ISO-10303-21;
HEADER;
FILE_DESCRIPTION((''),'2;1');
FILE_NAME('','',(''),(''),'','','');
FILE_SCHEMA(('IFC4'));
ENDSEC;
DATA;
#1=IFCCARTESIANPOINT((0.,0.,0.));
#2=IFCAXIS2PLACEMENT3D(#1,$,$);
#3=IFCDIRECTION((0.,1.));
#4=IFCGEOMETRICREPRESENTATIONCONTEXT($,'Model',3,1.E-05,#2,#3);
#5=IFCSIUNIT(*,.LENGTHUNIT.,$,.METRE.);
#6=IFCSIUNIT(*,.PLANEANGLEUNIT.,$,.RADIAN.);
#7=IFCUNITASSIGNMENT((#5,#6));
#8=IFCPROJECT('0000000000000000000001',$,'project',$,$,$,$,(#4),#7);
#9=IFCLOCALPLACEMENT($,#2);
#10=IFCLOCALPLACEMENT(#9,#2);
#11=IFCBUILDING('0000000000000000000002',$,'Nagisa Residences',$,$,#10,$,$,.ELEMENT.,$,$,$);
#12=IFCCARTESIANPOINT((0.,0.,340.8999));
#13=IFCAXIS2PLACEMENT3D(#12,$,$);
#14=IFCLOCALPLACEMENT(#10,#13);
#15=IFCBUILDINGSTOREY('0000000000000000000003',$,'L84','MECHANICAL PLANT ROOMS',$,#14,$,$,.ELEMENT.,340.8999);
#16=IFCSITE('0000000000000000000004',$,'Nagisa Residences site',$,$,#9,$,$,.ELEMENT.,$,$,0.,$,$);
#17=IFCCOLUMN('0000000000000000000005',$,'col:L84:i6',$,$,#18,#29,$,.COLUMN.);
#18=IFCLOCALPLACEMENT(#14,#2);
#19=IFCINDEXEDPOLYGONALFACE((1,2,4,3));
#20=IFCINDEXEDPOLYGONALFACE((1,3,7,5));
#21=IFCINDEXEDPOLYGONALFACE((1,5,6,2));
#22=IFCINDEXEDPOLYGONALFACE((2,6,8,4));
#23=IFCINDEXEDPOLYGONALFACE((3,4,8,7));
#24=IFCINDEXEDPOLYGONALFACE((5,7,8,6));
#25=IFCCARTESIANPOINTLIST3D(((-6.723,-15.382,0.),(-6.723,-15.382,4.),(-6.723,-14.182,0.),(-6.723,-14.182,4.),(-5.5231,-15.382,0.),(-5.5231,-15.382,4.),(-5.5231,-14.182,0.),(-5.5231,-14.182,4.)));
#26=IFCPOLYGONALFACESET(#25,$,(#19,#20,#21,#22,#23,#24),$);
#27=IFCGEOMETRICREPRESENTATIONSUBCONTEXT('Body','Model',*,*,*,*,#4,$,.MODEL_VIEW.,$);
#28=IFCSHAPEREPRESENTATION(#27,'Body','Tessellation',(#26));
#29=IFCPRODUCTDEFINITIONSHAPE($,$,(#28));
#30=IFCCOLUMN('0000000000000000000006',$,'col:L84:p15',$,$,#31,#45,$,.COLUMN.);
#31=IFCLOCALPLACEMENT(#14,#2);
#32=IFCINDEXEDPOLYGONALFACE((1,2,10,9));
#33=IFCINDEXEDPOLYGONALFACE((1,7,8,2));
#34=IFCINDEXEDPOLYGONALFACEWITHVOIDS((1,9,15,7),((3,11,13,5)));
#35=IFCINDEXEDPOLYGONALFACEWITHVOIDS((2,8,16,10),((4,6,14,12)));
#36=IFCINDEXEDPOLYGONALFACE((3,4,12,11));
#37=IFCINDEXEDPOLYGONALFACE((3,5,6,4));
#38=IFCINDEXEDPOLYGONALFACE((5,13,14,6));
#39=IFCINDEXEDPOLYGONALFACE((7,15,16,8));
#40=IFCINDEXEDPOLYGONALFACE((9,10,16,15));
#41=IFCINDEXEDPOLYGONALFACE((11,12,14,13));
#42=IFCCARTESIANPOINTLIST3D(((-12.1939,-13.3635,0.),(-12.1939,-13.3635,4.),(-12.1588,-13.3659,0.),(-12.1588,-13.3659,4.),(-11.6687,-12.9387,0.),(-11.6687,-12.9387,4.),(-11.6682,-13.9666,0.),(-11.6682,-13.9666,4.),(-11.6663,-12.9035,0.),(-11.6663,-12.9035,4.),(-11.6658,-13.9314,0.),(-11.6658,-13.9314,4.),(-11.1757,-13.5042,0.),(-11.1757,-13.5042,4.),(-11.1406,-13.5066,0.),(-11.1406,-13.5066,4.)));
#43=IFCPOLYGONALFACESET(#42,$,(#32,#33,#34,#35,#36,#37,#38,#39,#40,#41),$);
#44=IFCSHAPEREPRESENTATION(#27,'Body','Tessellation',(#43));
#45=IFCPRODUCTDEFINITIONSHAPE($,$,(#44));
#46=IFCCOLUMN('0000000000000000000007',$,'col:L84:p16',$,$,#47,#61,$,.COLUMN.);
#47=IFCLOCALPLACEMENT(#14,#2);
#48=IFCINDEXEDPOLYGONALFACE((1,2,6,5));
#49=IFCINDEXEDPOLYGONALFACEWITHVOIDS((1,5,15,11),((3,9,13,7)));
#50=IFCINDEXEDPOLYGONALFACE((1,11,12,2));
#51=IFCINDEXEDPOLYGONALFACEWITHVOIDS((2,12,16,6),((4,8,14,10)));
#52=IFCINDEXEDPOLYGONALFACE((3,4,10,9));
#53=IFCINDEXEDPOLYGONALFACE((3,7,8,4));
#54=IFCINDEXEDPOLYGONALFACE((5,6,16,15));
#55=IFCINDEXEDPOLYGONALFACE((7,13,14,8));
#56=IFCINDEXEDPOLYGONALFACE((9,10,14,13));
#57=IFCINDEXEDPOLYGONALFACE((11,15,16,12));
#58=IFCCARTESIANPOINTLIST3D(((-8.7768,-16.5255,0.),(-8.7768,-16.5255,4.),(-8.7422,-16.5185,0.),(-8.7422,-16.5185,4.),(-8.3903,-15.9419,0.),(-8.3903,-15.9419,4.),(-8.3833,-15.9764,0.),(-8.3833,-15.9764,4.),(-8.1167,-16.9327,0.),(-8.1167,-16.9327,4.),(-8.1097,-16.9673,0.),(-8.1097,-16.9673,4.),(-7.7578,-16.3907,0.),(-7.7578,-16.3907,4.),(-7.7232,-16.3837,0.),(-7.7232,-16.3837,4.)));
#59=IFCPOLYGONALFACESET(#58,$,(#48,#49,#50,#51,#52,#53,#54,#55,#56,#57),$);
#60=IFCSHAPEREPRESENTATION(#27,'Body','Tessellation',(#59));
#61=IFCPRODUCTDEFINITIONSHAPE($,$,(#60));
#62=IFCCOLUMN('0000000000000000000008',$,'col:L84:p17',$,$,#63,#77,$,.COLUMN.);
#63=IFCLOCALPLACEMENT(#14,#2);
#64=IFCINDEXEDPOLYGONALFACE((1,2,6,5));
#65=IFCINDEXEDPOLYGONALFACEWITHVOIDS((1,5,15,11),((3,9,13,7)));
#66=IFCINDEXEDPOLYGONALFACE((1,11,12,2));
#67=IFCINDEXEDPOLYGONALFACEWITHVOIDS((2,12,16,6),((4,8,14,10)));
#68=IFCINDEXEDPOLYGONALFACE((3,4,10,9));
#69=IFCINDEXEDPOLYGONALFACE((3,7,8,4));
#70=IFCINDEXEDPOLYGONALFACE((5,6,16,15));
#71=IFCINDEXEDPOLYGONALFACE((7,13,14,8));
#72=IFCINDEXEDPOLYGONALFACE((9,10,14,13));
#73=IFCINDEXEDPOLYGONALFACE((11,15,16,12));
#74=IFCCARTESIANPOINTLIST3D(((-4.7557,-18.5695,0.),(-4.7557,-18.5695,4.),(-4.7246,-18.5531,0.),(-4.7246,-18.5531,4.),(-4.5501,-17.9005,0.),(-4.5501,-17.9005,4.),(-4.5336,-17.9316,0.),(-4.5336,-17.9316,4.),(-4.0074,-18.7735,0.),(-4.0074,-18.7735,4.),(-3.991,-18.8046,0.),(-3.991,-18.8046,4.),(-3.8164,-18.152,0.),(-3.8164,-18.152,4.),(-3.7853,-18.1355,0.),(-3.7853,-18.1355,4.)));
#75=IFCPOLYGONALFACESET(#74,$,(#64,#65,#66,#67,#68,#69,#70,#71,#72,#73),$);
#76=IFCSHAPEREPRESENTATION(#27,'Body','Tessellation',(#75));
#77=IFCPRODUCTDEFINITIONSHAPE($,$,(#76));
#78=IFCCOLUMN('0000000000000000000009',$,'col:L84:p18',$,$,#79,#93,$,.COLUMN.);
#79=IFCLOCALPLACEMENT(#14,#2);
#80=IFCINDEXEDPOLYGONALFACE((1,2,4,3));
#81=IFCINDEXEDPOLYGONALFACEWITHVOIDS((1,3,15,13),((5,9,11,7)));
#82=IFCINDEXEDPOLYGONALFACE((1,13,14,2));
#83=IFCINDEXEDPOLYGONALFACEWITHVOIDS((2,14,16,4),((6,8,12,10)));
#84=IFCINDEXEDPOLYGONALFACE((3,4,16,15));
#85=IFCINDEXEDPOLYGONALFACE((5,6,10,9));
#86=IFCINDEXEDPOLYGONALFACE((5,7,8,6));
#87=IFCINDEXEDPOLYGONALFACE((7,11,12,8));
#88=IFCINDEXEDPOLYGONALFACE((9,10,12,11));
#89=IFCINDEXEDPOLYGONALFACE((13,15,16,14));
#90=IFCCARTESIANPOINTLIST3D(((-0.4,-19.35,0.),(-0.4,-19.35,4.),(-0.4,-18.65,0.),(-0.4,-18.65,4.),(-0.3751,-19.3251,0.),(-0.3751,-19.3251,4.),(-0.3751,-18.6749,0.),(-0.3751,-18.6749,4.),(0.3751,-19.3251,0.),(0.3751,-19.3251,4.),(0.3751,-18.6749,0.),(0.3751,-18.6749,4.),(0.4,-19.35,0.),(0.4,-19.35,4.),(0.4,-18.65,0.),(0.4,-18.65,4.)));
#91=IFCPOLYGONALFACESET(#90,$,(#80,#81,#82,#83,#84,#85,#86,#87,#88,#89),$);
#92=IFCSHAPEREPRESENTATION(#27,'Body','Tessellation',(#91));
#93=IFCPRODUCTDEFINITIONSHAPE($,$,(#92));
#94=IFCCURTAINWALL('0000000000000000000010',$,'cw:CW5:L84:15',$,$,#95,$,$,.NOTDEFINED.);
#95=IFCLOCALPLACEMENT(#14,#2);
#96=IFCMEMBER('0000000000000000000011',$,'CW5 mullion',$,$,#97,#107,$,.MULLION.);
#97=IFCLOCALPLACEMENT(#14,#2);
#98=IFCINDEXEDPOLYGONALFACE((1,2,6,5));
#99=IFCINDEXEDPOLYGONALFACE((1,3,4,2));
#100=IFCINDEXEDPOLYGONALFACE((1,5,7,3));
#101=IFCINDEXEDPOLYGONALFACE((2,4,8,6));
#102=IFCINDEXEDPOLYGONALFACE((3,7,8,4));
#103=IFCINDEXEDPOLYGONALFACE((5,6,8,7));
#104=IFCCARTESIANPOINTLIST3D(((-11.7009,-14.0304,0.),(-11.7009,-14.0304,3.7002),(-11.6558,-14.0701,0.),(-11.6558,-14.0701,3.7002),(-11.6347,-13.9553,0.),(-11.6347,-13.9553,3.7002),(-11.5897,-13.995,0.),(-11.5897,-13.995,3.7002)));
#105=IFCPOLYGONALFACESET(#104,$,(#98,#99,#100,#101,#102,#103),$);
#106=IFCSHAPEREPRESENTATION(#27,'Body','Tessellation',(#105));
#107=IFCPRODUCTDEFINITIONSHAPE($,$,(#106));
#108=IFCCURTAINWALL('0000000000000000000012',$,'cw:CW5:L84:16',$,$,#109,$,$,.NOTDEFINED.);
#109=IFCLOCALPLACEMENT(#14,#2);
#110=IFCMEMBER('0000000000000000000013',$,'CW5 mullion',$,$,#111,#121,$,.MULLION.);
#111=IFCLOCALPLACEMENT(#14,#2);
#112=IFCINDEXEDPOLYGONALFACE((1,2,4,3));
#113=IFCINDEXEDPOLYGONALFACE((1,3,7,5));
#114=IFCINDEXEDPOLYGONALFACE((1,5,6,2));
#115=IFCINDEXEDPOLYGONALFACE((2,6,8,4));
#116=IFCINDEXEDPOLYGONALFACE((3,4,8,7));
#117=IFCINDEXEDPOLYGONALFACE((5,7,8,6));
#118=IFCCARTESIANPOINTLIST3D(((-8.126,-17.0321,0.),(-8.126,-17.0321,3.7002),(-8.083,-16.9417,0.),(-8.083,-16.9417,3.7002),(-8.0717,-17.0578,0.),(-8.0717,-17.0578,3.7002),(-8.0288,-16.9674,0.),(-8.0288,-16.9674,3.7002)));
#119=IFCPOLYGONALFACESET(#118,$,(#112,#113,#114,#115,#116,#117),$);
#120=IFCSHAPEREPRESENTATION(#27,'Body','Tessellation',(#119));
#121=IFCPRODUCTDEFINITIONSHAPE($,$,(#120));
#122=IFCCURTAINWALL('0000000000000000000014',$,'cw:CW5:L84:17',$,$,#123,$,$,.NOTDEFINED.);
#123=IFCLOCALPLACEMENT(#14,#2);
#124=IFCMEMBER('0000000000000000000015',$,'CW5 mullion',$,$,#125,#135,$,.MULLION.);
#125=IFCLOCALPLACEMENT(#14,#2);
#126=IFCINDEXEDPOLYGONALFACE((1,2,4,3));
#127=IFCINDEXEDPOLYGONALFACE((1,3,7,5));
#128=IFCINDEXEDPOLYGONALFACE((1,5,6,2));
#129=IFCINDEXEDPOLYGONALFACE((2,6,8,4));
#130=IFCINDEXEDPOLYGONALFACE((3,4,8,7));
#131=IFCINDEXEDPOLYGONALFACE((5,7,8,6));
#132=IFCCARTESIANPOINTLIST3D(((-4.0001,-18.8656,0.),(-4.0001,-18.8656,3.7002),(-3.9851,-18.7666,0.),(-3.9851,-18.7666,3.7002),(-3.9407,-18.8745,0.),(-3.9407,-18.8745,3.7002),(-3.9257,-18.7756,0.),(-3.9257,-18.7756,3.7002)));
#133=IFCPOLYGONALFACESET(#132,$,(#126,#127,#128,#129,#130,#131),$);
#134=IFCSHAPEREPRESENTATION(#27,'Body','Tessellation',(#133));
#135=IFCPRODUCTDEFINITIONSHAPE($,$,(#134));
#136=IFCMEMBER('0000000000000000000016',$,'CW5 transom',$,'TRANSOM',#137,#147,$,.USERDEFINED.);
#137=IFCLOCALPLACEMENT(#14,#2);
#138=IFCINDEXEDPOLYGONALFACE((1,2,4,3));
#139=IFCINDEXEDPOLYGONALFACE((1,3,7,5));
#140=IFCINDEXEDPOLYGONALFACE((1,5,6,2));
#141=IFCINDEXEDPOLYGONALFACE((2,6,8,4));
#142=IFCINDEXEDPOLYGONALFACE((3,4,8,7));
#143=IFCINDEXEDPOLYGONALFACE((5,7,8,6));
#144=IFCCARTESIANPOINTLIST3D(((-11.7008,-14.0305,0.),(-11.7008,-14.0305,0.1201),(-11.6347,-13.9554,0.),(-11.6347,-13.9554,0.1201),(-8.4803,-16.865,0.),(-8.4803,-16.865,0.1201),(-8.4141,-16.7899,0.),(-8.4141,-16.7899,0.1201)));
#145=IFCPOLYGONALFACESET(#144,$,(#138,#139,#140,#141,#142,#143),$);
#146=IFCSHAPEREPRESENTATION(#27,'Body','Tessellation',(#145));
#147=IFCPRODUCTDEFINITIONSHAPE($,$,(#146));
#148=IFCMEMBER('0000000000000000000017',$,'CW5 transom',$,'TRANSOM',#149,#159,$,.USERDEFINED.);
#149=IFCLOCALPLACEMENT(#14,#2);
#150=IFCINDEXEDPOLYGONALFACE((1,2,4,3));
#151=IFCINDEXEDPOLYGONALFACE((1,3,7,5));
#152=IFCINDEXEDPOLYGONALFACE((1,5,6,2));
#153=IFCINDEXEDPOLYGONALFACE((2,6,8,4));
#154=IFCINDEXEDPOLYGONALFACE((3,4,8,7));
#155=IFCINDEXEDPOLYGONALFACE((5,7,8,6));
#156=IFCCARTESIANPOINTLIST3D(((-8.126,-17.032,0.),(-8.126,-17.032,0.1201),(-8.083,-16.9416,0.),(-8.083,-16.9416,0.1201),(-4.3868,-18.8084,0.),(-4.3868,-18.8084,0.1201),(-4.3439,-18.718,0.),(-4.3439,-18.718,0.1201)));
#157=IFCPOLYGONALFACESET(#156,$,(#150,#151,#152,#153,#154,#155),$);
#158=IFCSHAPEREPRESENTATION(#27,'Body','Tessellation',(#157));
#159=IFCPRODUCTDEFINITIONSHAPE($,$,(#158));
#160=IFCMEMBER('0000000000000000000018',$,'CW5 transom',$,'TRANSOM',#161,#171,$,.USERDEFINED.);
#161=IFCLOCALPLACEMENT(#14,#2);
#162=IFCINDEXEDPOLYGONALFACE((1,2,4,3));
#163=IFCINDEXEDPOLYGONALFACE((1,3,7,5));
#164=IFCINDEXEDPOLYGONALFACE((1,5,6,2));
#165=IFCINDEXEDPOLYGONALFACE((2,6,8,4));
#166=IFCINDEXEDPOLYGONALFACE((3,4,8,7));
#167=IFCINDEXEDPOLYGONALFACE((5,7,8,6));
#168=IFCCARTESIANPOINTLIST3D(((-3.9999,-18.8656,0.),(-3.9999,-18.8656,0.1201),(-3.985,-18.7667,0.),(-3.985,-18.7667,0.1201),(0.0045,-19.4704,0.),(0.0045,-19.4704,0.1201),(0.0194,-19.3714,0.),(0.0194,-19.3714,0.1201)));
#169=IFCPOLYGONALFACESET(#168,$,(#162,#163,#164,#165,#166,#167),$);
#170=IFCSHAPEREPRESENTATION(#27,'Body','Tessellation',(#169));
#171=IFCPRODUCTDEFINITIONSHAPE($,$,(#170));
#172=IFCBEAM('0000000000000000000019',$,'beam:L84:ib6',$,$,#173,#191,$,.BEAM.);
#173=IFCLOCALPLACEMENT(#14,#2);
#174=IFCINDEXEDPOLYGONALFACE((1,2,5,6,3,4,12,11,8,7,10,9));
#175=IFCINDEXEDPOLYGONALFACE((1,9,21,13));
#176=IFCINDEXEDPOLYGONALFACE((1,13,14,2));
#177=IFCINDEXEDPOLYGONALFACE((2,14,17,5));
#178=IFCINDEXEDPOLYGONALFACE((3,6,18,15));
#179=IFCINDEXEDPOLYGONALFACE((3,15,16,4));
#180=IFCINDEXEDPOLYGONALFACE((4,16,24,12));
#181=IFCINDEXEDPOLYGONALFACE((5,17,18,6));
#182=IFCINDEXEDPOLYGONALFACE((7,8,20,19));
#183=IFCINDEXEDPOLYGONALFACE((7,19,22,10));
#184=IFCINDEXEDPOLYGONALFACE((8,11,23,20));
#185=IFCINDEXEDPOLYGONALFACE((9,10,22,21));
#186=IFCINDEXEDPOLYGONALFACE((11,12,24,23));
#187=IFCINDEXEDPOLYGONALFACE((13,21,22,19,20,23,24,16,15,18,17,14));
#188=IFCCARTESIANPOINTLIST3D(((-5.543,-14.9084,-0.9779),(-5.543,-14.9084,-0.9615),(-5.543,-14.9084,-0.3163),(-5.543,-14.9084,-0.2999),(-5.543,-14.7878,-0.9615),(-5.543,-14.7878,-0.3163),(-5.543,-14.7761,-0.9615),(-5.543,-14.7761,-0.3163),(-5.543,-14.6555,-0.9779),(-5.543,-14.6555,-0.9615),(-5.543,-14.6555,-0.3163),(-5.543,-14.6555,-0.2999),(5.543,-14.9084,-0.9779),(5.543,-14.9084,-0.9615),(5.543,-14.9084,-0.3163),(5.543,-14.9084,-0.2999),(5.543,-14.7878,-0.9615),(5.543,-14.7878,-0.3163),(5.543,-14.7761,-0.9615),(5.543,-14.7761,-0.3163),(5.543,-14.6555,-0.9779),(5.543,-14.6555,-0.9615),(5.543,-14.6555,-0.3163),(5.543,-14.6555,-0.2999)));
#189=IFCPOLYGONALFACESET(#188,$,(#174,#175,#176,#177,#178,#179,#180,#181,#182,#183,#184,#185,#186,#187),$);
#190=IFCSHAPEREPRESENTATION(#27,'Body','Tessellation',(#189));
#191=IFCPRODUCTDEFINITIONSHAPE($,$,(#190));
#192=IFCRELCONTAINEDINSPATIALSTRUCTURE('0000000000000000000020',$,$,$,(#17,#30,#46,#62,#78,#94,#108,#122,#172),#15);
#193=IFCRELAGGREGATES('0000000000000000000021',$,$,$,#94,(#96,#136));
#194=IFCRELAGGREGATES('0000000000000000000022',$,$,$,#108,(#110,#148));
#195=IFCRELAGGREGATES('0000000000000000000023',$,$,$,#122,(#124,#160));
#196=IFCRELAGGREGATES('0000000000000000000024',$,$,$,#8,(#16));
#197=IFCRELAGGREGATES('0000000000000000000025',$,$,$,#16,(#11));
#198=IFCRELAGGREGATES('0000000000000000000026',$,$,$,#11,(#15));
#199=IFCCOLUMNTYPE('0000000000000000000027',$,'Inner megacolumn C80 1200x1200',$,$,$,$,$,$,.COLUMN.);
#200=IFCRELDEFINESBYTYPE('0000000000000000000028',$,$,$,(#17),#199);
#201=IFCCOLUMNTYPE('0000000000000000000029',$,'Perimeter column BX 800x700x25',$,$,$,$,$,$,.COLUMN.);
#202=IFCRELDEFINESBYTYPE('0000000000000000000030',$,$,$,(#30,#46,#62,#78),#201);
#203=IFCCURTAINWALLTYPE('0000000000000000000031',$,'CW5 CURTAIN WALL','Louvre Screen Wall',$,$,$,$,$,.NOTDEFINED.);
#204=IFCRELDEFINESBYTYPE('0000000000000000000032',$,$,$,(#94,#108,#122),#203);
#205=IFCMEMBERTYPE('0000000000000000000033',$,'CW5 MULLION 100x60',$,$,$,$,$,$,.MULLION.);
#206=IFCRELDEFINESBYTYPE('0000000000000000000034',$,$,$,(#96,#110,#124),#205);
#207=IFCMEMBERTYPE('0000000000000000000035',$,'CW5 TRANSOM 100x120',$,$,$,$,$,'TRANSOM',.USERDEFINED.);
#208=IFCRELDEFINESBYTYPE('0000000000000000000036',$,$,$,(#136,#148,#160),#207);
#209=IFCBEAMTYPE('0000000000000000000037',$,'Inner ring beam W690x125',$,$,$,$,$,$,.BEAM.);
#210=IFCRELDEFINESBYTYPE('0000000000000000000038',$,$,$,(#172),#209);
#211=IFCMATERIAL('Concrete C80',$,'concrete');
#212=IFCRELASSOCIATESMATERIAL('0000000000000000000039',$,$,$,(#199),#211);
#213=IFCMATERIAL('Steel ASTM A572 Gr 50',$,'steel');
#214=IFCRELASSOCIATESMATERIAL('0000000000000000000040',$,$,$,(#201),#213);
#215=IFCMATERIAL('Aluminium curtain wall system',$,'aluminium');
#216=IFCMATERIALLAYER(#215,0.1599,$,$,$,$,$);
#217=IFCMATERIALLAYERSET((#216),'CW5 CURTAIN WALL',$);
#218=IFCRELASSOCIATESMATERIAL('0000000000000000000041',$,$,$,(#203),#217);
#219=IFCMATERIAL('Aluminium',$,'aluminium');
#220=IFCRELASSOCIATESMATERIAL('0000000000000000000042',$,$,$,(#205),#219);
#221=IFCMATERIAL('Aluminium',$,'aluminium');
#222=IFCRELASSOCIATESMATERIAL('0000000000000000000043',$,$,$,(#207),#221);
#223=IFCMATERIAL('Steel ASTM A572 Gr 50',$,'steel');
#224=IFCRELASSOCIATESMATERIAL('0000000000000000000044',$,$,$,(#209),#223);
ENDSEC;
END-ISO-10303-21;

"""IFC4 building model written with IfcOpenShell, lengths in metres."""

from ifc_helpers import new_model, si_unit, direction, frame, origin, origin_2d, place, context, subcontext, project, spatial, rectangle, hollow_rectangle, i_section, extrude, material, layer, layer_set, material_profile, profile_set, type_object, element, aggregate, save


model = new_model("IFC4")

# Units and contexts
model_context = context("Model", 3, precision=1e-05, world=origin(), true_north=direction((0.0, 1.0)))
body_context = subcontext(model_context, "Body", "Model", "MODEL_VIEW")
ifc_project = project(units=[si_unit("LENGTHUNIT", "METRE"), si_unit("PLANEANGLEUNIT", "RADIAN")], contexts=[model_context])

# Site, building, storey
site_placement = place(None, origin())
site = spatial("IfcSite", under=ifc_project, at=site_placement, Name="Nagisa Residences site", CompositionType="ELEMENT", RefElevation=0.0)
building_placement = place(site_placement, origin())
building = spatial("IfcBuilding", under=site, at=building_placement, Name="Nagisa Residences", CompositionType="ELEMENT")
storey_placement = place(building_placement, frame((0.0, 0.0, 340.8999)))
storey = spatial("IfcBuildingStorey", under=building, at=storey_placement, Name="L84", Description="MECHANICAL PLANT ROOMS", CompositionType="ELEMENT", Elevation=340.8999)

# Columns
ifc_material_1 = material(Name="Concrete C80", Category="concrete")
ifc_material_profile_1 = material_profile(ifc_material_1, rectangle(XDim=1.2, YDim=1.2, at=origin_2d()), Name="C80 1200x1200")
ifc_profile_set_1 = profile_set([ifc_material_profile_1], Name="Concrete C80")
column_type_1 = type_object("IfcColumnType", Name="Inner megacolumn C80 1200x1200", PredefinedType="COLUMN", material=ifc_profile_set_1)
column_placement = place(storey_placement, frame((-6.123, -14.782, 0.0), z_axis=(0.0, 0.0, 1.0), x_axis=(1.0, 0.0, 0.0)))
element("IfcColumn", 1, at=column_placement, inside=storey, type_object=column_type_1, Name="col:L84:i6", PredefinedType="COLUMN", context=body_context, shape_type="SweptSolid", body=[
    extrude(rectangle(XDim=1.2, YDim=1.2, at=origin_2d()), origin(), (0.0, 0.0, 1.0), 4.0),
])
ifc_material_2 = material(Name="Steel ASTM A572 Gr 50", Category="steel")
ifc_material_profile_2 = material_profile(ifc_material_2, hollow_rectangle(XDim=0.8, YDim=0.7, WallThickness=0.0249, at=origin_2d()), Name="BX 800x700x25")
ifc_profile_set_2 = profile_set([ifc_material_profile_2], Name="Steel ASTM A572 Gr 50")
column_type_2 = type_object("IfcColumnType", Name="Perimeter column BX 800x700x25", PredefinedType="COLUMN", material=ifc_profile_set_2)
for number, where, z_axis, x_axis, name in (
    (2, (-11.6672, -13.4351, 0.0), (0.0, 0.0, 1.0), (0.657135, -0.753773, 0.0), "col:L84:p15"),
    (3, (-8.25, -16.4546, 0.0), (0.0, 0.0, 1.0), (0.833744, -0.552151, 0.0), "col:L84:p16"),
    (4, (-4.2705, -18.3525, 0.0), (0.0, 0.0, 1.0), (0.95587, -0.29379, 0.0), "col:L84:p17"),
    (5, (0.0, -19.0, 0.0), (0.0, 0.0, 1.0), (1.0, 0.0, 0.0), "col:L84:p18"),
):
    element("IfcColumn", number, at=place(storey_placement, frame(where, z_axis=z_axis, x_axis=x_axis)), inside=storey, type_object=column_type_2, Name=name, PredefinedType="COLUMN", context=body_context, shape_type="SweptSolid", body=[
        extrude(hollow_rectangle(XDim=0.8, YDim=0.7, WallThickness=0.0249, at=origin_2d()), origin(), (0.0, 0.0, 1.0), 4.0),
    ])

# Curtain walls, members
ifc_material_3 = material(Name="Aluminium curtain wall system", Category="aluminium")
ifc_layer_1 = layer(ifc_material_3, 0.1599)
ifc_layer_set_1 = layer_set([ifc_layer_1], Name="CW5 CURTAIN WALL")
curtain_wall_type = type_object("IfcCurtainWallType", Name="CW5 CURTAIN WALL", Description="Louvre Screen Wall", PredefinedType="NOTDEFINED", material=ifc_layer_set_1)
curtain_wall_1_placement = place(storey_placement, origin())
curtain_wall_1 = element("IfcCurtainWall", 6, at=curtain_wall_1_placement, inside=storey, type_object=curtain_wall_type, Name="cw:CW5:L84:15", PredefinedType="NOTDEFINED")
ifc_material_4 = material(Name="Aluminium", Category="aluminium")
ifc_material_profile_3 = material_profile(ifc_material_4, rectangle(XDim=0.1001, YDim=0.0601, at=origin_2d()), Name="CW5 MULLION 100x60")
ifc_profile_set_3 = profile_set([ifc_material_profile_3], Name="Aluminium")
member_type_1 = type_object("IfcMemberType", Name="CW5 MULLION 100x60", PredefinedType="MULLION", material=ifc_profile_set_3)
member_1_placement = place(storey_placement, frame((-11.6453, -14.0127, 0.0), z_axis=(0.0, 0.0, 1.0), x_axis=(0.660699, 0.750651, 0.0)))
member_1 = element("IfcMember", 7, at=member_1_placement, type_object=member_type_1, Name="CW5 mullion", PredefinedType="MULLION", context=body_context, shape_type="SweptSolid", body=[
    extrude(rectangle(XDim=0.1001, YDim=0.0601, at=origin_2d()), origin(), (0.0, 0.0, 1.0), 3.7002),
])
curtain_wall_2_placement = place(storey_placement, origin())
curtain_wall_2 = element("IfcCurtainWall", 8, at=curtain_wall_2_placement, inside=storey, type_object=curtain_wall_type, Name="cw:CW5:L84:16", PredefinedType="NOTDEFINED")
member_2_placement = place(storey_placement, frame((-8.0774, -16.9998, 0.0), z_axis=(0.0, 0.0, 1.0), x_axis=(0.429151, 0.903233, 0.0)))
member_2 = element("IfcMember", 9, at=member_2_placement, type_object=member_type_1, Name="CW5 mullion", PredefinedType="MULLION", context=body_context, shape_type="SweptSolid", body=[
    extrude(rectangle(XDim=0.1001, YDim=0.0601, at=origin_2d()), origin(), (0.0, 0.0, 1.0), 3.7002),
])
curtain_wall_3_placement = place(storey_placement, origin())
curtain_wall_3 = element("IfcCurtainWall", 10, at=curtain_wall_3_placement, inside=storey, type_object=curtain_wall_type, Name="cw:CW5:L84:17", PredefinedType="NOTDEFINED")
member_3_placement = place(storey_placement, frame((-3.9629, -18.8206, 0.0), z_axis=(0.0, 0.0, 1.0), x_axis=(0.14932, 0.988789, 0.0)))
member_3 = element("IfcMember", 11, at=member_3_placement, type_object=member_type_1, Name="CW5 mullion", PredefinedType="MULLION", context=body_context, shape_type="SweptSolid", body=[
    extrude(rectangle(XDim=0.1001, YDim=0.0601, at=origin_2d()), origin(), (0.0, 0.0, 1.0), 3.7002),
])

# Members
ifc_material_5 = material(Name="Aluminium", Category="aluminium")
ifc_material_profile_4 = material_profile(ifc_material_5, rectangle(XDim=0.1001, YDim=0.1201, at=origin_2d()), Name="CW5 TRANSOM 100x120")
ifc_profile_set_4 = profile_set([ifc_material_profile_4], Name="Aluminium")
member_type_2 = type_object("IfcMemberType", Name="CW5 TRANSOM 100x120", ElementType="TRANSOM", PredefinedType="USERDEFINED", material=ifc_profile_set_4)
member_4_placement = place(storey_placement, frame((-11.6677, -13.9929, 0.0601), z_axis=(0.750659, -0.660689, 0.0), x_axis=(0.660689, 0.750659, 0.0)))
member_4 = element("IfcMember", 12, at=member_4_placement, type_object=member_type_2, Name="CW5 transom", ObjectType="TRANSOM", PredefinedType="USERDEFINED", context=body_context, shape_type="SweptSolid", body=[
    extrude(rectangle(XDim=0.1001, YDim=0.1201, at=origin_2d()), origin(), (0.0, 0.0, 1.0), 4.2903),
])
member_5_placement = place(storey_placement, frame((-8.1045, -16.9868, 0.0601), z_axis=(0.903246, -0.429123, 0.0), x_axis=(0.429123, 0.903246, 0.0)))
member_5 = element("IfcMember", 13, at=member_5_placement, type_object=member_type_2, Name="CW5 transom", ObjectType="TRANSOM", PredefinedType="USERDEFINED", context=body_context, shape_type="SweptSolid", body=[
    extrude(rectangle(XDim=0.1001, YDim=0.1201, at=origin_2d()), origin(), (0.0, 0.0, 1.0), 4.1396),
])
member_6_placement = place(storey_placement, frame((-3.9924, -18.8162, 0.0601), z_axis=(0.988788, -0.149325, 0.0), x_axis=(0.149325, 0.988788, 0.0)))
member_6 = element("IfcMember", 14, at=member_6_placement, type_object=member_type_2, Name="CW5 transom", ObjectType="TRANSOM", PredefinedType="USERDEFINED", context=body_context, shape_type="SweptSolid", body=[
    extrude(rectangle(XDim=0.1001, YDim=0.1201, at=origin_2d()), origin(), (0.0, 0.0, 1.0), 4.0498),
])

# Beam
ifc_material_6 = material(Name="Steel ASTM A572 Gr 50", Category="steel")
ifc_material_profile_5 = material_profile(ifc_material_6, i_section(OverallWidth=0.2529, OverallDepth=0.678, WebThickness=0.0117, FlangeThickness=0.0164, at=origin_2d()), Name="W690x125")
ifc_profile_set_5 = profile_set([ifc_material_profile_5], Name="Steel ASTM A572 Gr 50")
beam_type_1 = type_object("IfcBeamType", Name="Inner ring beam W690x125", PredefinedType="BEAM", material=ifc_profile_set_5)
for number, where, z_axis, x_axis, name in (
    (15, (-5.543, -14.782, -0.6389), (1.0, 0.0, 0.0), (0.0, 1.0, 0.0), "beam:L84:ib6"),
):
    element("IfcBeam", number, at=place(storey_placement, frame(where, z_axis=z_axis, x_axis=x_axis)), inside=storey, type_object=beam_type_1, Name=name, PredefinedType="BEAM", context=body_context, shape_type="SweptSolid", body=[
        extrude(i_section(OverallWidth=0.2529, OverallDepth=0.678, WebThickness=0.0117, FlangeThickness=0.0164, at=origin_2d()), origin(), (0.0, 0.0, 1.0), 11.0859),
    ])

aggregate(curtain_wall_1, [member_1, member_4])
aggregate(curtain_wall_2, [member_2, member_5])
aggregate(curtain_wall_3, [member_3, member_6])

save(model, "model.ifc")
